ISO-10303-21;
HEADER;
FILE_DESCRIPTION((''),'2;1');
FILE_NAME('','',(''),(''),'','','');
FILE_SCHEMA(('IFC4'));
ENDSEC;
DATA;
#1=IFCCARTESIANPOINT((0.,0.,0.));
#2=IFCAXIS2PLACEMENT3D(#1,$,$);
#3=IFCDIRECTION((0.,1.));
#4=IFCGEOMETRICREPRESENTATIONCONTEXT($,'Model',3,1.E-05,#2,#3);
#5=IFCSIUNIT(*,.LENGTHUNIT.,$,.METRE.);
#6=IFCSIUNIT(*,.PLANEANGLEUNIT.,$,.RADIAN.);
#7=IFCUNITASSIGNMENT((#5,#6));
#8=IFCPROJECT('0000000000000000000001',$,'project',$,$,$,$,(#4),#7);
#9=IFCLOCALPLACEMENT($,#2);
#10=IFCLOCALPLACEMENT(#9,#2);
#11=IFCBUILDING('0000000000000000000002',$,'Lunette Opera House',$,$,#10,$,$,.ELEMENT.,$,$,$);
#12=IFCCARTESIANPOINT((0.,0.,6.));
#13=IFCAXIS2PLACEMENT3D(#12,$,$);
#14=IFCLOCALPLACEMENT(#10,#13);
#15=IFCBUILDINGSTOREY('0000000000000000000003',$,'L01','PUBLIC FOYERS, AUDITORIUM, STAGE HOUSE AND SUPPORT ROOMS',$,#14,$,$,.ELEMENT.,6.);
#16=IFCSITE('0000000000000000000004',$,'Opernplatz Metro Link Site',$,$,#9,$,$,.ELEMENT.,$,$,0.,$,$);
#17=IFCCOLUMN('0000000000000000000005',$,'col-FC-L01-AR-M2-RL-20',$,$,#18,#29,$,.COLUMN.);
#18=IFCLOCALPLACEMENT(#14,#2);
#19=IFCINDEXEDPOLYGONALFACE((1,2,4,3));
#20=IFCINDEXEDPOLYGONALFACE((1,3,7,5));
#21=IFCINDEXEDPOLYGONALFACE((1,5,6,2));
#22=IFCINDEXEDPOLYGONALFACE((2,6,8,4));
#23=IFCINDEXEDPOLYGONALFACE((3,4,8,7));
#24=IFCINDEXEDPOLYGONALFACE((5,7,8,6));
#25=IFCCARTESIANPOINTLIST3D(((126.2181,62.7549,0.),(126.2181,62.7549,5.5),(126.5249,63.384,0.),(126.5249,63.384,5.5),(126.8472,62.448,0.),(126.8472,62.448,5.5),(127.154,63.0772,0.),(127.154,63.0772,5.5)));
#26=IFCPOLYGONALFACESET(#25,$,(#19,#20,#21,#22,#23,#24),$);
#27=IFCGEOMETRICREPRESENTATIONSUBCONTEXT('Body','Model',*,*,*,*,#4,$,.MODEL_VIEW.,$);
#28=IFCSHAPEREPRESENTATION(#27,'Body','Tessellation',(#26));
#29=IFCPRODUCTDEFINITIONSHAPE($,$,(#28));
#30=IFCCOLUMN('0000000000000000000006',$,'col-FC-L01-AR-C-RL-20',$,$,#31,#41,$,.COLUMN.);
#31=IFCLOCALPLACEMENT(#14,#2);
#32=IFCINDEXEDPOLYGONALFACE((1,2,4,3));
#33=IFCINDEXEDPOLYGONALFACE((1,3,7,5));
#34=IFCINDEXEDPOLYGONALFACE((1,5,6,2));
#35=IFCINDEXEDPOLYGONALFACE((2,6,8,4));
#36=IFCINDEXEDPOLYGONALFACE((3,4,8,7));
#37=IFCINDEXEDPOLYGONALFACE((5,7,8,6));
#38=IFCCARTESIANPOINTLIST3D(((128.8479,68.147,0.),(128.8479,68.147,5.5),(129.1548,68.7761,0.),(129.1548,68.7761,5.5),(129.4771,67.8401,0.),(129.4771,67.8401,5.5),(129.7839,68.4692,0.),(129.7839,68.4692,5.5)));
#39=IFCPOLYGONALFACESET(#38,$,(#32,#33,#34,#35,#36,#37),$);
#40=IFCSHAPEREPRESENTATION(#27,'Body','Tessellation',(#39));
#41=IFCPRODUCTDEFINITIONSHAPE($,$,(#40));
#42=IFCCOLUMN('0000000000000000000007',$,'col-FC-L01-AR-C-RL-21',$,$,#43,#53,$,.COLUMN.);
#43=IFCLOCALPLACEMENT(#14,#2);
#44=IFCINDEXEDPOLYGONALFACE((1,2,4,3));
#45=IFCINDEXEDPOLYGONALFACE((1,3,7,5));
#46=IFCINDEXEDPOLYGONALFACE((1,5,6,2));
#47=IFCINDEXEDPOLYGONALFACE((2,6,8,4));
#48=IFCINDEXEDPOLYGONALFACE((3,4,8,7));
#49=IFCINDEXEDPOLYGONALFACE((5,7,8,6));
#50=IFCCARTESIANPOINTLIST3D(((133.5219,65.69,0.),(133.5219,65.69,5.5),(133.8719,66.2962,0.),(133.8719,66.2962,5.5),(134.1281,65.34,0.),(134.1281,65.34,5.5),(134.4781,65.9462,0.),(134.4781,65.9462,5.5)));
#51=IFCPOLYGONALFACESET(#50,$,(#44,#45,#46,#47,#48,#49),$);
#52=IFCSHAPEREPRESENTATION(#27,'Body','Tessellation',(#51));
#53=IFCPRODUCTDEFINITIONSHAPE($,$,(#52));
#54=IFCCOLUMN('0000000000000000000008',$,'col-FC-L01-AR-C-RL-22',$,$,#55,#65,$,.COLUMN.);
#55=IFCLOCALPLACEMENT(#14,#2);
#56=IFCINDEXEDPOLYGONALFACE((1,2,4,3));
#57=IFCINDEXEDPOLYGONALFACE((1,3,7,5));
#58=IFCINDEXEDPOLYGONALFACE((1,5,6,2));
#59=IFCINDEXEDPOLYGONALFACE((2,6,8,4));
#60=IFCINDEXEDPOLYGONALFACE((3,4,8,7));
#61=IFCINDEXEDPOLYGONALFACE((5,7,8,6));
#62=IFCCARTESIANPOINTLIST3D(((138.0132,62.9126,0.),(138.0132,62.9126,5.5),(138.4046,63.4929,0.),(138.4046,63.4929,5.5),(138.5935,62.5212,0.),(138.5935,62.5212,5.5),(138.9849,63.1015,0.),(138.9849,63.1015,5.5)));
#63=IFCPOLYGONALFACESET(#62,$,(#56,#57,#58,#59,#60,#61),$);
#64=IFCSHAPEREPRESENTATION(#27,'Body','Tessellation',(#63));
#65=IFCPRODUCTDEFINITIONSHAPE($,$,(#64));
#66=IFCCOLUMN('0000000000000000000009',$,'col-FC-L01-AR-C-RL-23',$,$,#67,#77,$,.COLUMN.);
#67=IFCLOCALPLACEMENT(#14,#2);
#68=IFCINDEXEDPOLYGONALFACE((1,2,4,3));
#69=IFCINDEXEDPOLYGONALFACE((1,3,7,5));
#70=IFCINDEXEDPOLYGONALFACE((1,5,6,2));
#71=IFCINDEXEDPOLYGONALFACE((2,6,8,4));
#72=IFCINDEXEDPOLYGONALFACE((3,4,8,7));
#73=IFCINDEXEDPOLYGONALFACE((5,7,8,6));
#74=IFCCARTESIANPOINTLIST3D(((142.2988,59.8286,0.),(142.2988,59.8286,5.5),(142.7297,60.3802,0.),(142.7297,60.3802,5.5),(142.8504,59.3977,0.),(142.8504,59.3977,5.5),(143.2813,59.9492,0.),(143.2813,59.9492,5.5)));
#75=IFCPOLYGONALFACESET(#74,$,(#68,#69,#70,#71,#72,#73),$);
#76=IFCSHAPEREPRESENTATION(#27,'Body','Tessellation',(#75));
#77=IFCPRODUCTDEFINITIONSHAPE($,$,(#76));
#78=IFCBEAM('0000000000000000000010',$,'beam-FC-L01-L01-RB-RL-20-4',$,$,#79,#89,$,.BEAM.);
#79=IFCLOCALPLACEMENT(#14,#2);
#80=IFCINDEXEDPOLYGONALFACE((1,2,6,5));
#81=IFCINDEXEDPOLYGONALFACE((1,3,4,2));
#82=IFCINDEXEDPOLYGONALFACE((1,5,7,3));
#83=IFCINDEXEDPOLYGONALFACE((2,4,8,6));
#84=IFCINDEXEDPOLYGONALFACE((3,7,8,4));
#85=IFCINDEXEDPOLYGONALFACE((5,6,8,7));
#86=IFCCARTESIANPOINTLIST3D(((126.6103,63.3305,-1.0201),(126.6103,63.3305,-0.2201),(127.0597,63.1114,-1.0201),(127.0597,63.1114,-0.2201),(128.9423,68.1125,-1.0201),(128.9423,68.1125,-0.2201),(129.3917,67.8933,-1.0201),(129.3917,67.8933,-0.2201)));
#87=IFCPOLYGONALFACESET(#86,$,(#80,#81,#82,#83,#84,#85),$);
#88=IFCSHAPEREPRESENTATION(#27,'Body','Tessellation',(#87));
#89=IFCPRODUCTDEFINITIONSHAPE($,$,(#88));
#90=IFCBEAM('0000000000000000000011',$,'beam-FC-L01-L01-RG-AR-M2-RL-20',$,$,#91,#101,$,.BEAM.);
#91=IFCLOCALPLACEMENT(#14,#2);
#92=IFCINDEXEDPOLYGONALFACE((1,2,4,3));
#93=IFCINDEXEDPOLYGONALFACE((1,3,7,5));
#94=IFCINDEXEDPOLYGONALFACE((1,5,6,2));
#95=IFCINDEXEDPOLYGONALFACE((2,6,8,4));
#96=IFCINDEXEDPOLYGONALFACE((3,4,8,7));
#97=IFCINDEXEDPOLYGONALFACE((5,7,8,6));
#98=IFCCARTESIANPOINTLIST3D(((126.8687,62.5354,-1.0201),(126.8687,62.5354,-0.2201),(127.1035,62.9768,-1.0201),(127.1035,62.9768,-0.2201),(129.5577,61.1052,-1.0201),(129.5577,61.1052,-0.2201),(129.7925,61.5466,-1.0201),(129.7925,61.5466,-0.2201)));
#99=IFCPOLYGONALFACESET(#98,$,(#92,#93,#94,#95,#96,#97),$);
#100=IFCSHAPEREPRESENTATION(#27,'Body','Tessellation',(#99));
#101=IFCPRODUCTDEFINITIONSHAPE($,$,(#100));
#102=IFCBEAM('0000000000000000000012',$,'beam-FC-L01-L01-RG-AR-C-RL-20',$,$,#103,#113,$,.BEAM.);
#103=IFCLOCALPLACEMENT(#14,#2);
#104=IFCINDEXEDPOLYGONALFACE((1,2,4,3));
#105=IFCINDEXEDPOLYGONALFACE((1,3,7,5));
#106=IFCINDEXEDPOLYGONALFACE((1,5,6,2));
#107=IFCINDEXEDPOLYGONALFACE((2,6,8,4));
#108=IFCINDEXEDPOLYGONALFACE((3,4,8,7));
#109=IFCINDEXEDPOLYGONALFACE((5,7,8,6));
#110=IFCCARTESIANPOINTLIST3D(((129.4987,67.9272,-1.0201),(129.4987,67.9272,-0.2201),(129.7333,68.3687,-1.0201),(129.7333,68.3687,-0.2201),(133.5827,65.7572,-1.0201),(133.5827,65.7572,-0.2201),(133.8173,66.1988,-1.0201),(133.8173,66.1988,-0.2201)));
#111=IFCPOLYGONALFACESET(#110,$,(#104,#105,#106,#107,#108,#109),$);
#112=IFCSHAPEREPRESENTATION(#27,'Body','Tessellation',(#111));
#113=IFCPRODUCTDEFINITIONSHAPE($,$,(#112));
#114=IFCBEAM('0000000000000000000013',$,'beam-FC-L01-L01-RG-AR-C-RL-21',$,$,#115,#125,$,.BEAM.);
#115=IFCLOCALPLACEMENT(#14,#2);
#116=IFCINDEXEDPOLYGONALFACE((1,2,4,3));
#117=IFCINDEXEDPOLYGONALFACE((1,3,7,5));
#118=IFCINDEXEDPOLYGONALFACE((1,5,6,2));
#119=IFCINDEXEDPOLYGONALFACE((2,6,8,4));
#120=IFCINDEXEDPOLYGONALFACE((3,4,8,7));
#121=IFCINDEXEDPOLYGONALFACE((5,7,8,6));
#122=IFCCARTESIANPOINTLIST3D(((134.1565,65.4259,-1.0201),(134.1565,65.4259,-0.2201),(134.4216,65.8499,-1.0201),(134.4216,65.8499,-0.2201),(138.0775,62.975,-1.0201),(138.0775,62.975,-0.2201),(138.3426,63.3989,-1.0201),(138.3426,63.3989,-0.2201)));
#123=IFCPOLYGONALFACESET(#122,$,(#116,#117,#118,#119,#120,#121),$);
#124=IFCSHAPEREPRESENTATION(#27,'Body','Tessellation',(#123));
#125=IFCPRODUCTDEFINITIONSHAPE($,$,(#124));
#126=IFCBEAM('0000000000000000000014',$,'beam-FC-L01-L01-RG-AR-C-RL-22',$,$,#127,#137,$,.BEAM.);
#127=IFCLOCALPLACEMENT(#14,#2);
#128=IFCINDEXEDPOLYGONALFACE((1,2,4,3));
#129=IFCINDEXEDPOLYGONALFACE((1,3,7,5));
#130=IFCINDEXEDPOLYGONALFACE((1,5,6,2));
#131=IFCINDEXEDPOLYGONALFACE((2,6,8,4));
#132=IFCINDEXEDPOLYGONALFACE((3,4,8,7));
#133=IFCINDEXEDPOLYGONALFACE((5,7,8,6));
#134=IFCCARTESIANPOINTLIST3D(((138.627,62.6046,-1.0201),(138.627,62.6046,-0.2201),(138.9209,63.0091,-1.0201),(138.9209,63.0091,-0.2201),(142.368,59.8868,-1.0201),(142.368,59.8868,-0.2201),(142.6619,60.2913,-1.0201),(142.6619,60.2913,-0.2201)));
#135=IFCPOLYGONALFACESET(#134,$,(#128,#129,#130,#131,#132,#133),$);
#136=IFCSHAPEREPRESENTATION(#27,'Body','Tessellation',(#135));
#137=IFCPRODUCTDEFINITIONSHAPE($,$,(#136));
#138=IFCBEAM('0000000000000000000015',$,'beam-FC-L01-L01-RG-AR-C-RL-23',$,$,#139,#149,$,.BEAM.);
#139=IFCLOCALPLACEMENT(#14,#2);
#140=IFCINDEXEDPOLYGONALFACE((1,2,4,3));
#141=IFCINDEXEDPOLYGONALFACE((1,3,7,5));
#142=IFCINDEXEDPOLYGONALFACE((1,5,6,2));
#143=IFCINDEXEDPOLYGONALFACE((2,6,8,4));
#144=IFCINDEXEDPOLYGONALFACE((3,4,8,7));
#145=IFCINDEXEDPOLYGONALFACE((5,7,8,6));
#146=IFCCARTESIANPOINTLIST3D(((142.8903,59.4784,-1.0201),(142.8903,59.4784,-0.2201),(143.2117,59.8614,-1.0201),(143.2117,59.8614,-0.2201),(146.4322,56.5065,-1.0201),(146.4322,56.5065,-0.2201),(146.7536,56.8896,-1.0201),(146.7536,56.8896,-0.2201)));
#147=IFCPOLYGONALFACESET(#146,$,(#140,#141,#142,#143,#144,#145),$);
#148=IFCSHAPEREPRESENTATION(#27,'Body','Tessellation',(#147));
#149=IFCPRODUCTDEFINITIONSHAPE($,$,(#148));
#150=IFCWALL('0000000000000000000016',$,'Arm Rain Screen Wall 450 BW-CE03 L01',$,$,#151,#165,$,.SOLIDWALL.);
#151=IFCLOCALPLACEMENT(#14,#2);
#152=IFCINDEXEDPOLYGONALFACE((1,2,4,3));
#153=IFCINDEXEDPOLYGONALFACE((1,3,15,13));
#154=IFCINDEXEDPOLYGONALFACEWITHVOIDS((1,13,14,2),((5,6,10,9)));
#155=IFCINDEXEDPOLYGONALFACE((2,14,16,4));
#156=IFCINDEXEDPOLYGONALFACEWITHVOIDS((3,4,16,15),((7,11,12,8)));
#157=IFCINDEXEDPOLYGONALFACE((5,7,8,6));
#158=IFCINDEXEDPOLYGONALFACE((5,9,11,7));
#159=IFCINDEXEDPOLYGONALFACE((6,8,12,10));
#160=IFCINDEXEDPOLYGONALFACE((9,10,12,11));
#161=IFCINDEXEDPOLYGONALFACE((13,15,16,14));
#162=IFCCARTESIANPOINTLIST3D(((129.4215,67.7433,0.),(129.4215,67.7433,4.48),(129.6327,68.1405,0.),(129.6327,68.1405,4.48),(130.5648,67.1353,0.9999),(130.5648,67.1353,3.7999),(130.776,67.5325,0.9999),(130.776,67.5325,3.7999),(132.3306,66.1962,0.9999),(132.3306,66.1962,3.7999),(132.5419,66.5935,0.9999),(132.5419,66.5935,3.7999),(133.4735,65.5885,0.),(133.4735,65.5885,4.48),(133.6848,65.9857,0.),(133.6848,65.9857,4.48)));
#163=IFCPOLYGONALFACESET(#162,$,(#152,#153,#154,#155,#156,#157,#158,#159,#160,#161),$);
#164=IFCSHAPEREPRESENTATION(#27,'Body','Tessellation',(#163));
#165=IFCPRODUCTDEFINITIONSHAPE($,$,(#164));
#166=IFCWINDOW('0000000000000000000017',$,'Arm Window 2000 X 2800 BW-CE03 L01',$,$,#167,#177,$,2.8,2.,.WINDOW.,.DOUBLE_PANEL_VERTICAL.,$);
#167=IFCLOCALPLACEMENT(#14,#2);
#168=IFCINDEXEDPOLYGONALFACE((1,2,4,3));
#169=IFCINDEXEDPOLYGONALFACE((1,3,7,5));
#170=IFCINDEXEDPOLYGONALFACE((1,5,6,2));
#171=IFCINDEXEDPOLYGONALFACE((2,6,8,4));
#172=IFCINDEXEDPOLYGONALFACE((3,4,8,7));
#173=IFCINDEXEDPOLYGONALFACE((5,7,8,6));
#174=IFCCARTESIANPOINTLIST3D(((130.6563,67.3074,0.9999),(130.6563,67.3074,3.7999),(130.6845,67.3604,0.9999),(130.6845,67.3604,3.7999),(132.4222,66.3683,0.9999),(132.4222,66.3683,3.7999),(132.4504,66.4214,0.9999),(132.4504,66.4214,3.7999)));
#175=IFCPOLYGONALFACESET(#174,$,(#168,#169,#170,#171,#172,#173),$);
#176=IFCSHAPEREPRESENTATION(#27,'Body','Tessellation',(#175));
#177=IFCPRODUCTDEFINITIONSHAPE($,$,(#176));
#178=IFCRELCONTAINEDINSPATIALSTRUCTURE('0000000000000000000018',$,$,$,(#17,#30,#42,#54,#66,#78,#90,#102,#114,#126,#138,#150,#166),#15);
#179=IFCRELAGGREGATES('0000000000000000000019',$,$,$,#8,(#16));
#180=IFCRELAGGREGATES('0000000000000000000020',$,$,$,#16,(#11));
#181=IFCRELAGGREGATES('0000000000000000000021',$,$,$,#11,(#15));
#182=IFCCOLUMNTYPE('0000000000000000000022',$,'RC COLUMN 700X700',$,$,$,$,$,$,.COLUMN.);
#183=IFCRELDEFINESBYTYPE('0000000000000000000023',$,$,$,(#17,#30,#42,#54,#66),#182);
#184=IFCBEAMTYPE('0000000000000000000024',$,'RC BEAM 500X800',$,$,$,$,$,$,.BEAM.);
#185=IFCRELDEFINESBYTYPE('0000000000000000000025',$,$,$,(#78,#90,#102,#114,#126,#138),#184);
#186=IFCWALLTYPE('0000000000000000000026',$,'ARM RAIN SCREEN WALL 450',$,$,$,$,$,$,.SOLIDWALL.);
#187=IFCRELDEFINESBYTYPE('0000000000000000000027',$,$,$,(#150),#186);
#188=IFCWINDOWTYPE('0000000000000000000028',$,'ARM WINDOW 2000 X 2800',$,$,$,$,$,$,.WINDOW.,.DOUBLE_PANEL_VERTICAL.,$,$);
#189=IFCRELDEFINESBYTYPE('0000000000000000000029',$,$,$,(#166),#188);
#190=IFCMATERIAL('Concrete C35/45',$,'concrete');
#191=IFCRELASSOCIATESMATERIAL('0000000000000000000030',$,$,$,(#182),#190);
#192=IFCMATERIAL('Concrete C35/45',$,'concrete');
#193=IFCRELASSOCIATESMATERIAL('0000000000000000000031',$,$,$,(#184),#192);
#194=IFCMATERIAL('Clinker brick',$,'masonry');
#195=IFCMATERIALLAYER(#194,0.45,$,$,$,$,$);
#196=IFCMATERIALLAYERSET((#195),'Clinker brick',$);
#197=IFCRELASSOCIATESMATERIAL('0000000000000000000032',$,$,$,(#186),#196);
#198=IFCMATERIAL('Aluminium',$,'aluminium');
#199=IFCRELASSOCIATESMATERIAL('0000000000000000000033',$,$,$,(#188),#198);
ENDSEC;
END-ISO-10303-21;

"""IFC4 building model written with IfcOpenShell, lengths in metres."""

from ifc_helpers import new_model, si_unit, direction, frame, frame_2d, origin, origin_2d, place, context, subcontext, project, spatial, rectangle, extrude, material, layer, layer_set, material_profile, profile_set, type_object, element, fill, save


model = new_model("IFC4")

# Units and contexts
model_context = context("Model", 3, precision=1e-05, world=origin(), true_north=direction((0.0, 1.0)))
body_context = subcontext(model_context, "Body", "Model", "MODEL_VIEW")
ifc_project = project(units=[si_unit("LENGTHUNIT", "METRE"), si_unit("PLANEANGLEUNIT", "RADIAN")], contexts=[model_context])

# Site, building, storey
site_placement = place(None, origin())
site = spatial("IfcSite", under=ifc_project, at=site_placement, Name="Opernplatz Metro Link Site", CompositionType="ELEMENT", RefElevation=0.0)
building_placement = place(site_placement, origin())
building = spatial("IfcBuilding", under=site, at=building_placement, Name="Lunette Opera House", CompositionType="ELEMENT")
storey_placement = place(building_placement, frame((0.0, 0.0, 6.0)))
storey = spatial("IfcBuildingStorey", under=building, at=storey_placement, Name="L01", Description="PUBLIC FOYERS, AUDITORIUM, STAGE HOUSE AND SUPPORT ROOMS", CompositionType="ELEMENT", Elevation=6.0)

# Columns
ifc_material_1 = material(Name="Concrete C35/45", Category="concrete")
ifc_material_profile_1 = material_profile(ifc_material_1, rectangle(XDim=0.7, YDim=0.7, at=origin_2d()), Name="RC COLUMN 700X700")
ifc_profile_set_1 = profile_set([ifc_material_profile_1], Name="Concrete C35/45")
column_type = type_object("IfcColumnType", Name="RC COLUMN 700X700", PredefinedType="COLUMN", material=ifc_profile_set_1)
for number, where, z_axis, x_axis, name in (
    (1, (126.686, 62.916, 0.0), (0.0, 0.0, 1.0), (0.898794, -0.438371, 0.0), "col-FC-L01-AR-M2-RL-20"),
    (2, (129.3159, 68.3081, 0.0), (0.0, 0.0, 1.0), (0.898794, -0.438371, 0.0), "col-FC-L01-AR-C-RL-20"),
    (3, (134.0, 65.8181, 0.0), (0.0, 0.0, 1.0), (0.866025, -0.5, 0.0), "col-FC-L01-AR-C-RL-21"),
    (4, (138.499, 63.0071, 0.0), (0.0, 0.0, 1.0), (0.829038, -0.559193, 0.0), "col-FC-L01-AR-C-RL-22"),
    (5, (142.79, 59.8889, 0.0), (0.0, 0.0, 1.0), (0.788011, -0.615661, 0.0), "col-FC-L01-AR-C-RL-23"),
):
    element("IfcColumn", number, at=place(storey_placement, frame(where, z_axis=z_axis, x_axis=x_axis)), inside=storey, type_object=column_type, Name=name, PredefinedType="COLUMN", context=body_context, shape_type="SweptSolid", body=[
        extrude(rectangle(XDim=0.7, YDim=0.7, at=origin_2d()), origin(), (0.0, 0.0, 1.0), 5.5),
    ])

# Beams
ifc_material_2 = material(Name="Concrete C35/45", Category="concrete")
ifc_material_profile_2 = material_profile(ifc_material_2, rectangle(XDim=0.5, YDim=0.8, at=origin_2d()), Name="RC BEAM 500X800")
ifc_profile_set_2 = profile_set([ifc_material_profile_2], Name="Concrete C35/45")
beam_type = type_object("IfcBeamType", Name="RC BEAM 500X800", PredefinedType="BEAM", material=ifc_profile_set_2)
beam_1_placement = place(storey_placement, frame((126.835, 63.2209, -0.6201), z_axis=(0.438326, 0.898816, 0.0), x_axis=(-0.898816, 0.438326, 0.0)))
element("IfcBeam", 6, at=beam_1_placement, inside=storey, type_object=beam_type, Name="beam-FC-L01-L01-RB-RL-20-4", PredefinedType="BEAM", context=body_context, shape_type="SweptSolid", body=[
    extrude(rectangle(XDim=0.5, YDim=0.8, at=origin_2d()), origin(), (0.0, 0.0, 1.0), 5.3203),
])
beam_2_placement = place(storey_placement, frame((126.9861, 62.7561, -0.6201), z_axis=(0.882889, -0.469581, 0.0), x_axis=(0.469581, 0.882889, 0.0)))
element("IfcBeam", 7, at=beam_2_placement, inside=storey, type_object=beam_type, Name="beam-FC-L01-L01-RG-AR-M2-RL-20", PredefinedType="BEAM", context=body_context, shape_type="SweptSolid", body=[
    extrude(rectangle(XDim=0.5, YDim=0.8, at=origin_2d()), origin(), (0.0, 0.0, 1.0), 3.0457),
])
beam_3_placement = place(storey_placement, frame((129.616, 68.1479, -0.6201), z_axis=(0.883088, -0.469207, 0.0), x_axis=(0.469207, 0.883088, 0.0)))
element("IfcBeam", 8, at=beam_3_placement, inside=storey, type_object=beam_type, Name="beam-FC-L01-L01-RG-AR-C-RL-20", PredefinedType="BEAM", context=body_context, shape_type="SweptSolid", body=[
    extrude(rectangle(XDim=0.5, YDim=0.8, at=origin_2d()), origin(), (0.0, 0.0, 1.0), 4.6248),
])
for number, where, z_axis, x_axis, name in (
    (9, (134.2891, 65.6379, -0.6201), (0.847963, -0.530056, 0.0), (0.530056, 0.847963, 0.0), "beam-FC-L01-L01-RG-AR-C-RL-21"),
    (10, (138.7739, 62.8069, -0.6201), (0.809037, -0.587757, 0.0), (0.587757, 0.809037, 0.0), "beam-FC-L01-L01-RG-AR-C-RL-22"),
):
    element("IfcBeam", number, at=place(storey_placement, frame(where, z_axis=z_axis, x_axis=x_axis)), inside=storey, type_object=beam_type, Name=name, PredefinedType="BEAM", context=body_context, shape_type="SweptSolid", body=[
        extrude(rectangle(XDim=0.5, YDim=0.8, at=origin_2d()), origin(), (0.0, 0.0, 1.0), 4.624),
    ])
beam_4_placement = place(storey_placement, frame((143.051, 59.6699, -0.6201), z_axis=(0.766062, -0.642767, 0.0), x_axis=(0.642767, 0.766062, 0.0)))
element("IfcBeam", 11, at=beam_4_placement, inside=storey, type_object=beam_type, Name="beam-FC-L01-L01-RG-AR-C-RL-23", PredefinedType="BEAM", context=body_context, shape_type="SweptSolid", body=[
    extrude(rectangle(XDim=0.5, YDim=0.8, at=origin_2d()), origin(), (0.0, 0.0, 1.0), 4.6235),
])

# Wall, opening, window
ifc_material_3 = material(Name="Clinker brick", Category="masonry")
ifc_layer_1 = layer(ifc_material_3, 0.45)
ifc_layer_set_1 = layer_set([ifc_layer_1], Name="Clinker brick")
wall_type_1 = type_object("IfcWallType", Name="ARM RAIN SCREEN WALL 450", PredefinedType="SOLIDWALL", material=ifc_layer_set_1)
wall_1_placement = place(storey_placement, frame((129.5271, 67.9419, 0.0), z_axis=(0.0, 0.0, 1.0), x_axis=(0.882921, -0.469522, 0.0)))
wall_1 = element("IfcWall", 12, at=wall_1_placement, inside=storey, type_object=wall_type_1, Name="Arm Rain Screen Wall 450 BW-CE03 L01", PredefinedType="SOLIDWALL", context=body_context, shape_type="SweptSolid", body=[
    extrude(rectangle(XDim=4.5894, YDim=0.45, at=frame_2d((2.2947, 0.0))), origin(), (0.0, 0.0, 1.0), 4.48),
])
opening_1_placement = place(wall_1_placement, frame((1.2949, 0.0, 1.0)))
opening_1 = element("IfcOpeningElement", 13, at=opening_1_placement, cuts=wall_1, PredefinedType="OPENING", context=body_context, shape_type="SweptSolid", body=[
    extrude(rectangle(XDim=2.0, YDim=2.8, at=frame_2d((1.0, 1.3999))), frame((0.0, 0.2371, 0.0), z_axis=(0.0, -1.0, 0.0), x_axis=(1.0, 0.0, 0.0)), (0.0, 0.0, 1.0), 0.4739),
])
ifc_material_4 = material(Name="Aluminium", Category="aluminium")
window_type = type_object("IfcWindowType", Name="ARM WINDOW 2000 X 2800", PartitioningType="DOUBLE_PANEL_VERTICAL", PredefinedType="WINDOW", material=ifc_material_4)
window_1_placement = place(opening_1_placement, origin())
window_1 = element("IfcWindow", 14, at=window_1_placement, inside=storey, type_object=window_type, Name="Arm Window 2000 X 2800 BW-CE03 L01", OverallHeight=2.8, OverallWidth=2.0, PartitioningType="DOUBLE_PANEL_VERTICAL", PredefinedType="WINDOW", context=body_context, shape_type="SweptSolid", body=[
    extrude(rectangle(XDim=2.0, YDim=2.8, at=frame_2d((1.0, 1.3999))), frame((0.0, 0.03, 0.0), z_axis=(0.0, -1.0, 0.0), x_axis=(1.0, 0.0, 0.0)), (0.0, 0.0, 1.0), 0.0601),
])
fill(opening_1, window_1)

save(model, "model.ifc")
